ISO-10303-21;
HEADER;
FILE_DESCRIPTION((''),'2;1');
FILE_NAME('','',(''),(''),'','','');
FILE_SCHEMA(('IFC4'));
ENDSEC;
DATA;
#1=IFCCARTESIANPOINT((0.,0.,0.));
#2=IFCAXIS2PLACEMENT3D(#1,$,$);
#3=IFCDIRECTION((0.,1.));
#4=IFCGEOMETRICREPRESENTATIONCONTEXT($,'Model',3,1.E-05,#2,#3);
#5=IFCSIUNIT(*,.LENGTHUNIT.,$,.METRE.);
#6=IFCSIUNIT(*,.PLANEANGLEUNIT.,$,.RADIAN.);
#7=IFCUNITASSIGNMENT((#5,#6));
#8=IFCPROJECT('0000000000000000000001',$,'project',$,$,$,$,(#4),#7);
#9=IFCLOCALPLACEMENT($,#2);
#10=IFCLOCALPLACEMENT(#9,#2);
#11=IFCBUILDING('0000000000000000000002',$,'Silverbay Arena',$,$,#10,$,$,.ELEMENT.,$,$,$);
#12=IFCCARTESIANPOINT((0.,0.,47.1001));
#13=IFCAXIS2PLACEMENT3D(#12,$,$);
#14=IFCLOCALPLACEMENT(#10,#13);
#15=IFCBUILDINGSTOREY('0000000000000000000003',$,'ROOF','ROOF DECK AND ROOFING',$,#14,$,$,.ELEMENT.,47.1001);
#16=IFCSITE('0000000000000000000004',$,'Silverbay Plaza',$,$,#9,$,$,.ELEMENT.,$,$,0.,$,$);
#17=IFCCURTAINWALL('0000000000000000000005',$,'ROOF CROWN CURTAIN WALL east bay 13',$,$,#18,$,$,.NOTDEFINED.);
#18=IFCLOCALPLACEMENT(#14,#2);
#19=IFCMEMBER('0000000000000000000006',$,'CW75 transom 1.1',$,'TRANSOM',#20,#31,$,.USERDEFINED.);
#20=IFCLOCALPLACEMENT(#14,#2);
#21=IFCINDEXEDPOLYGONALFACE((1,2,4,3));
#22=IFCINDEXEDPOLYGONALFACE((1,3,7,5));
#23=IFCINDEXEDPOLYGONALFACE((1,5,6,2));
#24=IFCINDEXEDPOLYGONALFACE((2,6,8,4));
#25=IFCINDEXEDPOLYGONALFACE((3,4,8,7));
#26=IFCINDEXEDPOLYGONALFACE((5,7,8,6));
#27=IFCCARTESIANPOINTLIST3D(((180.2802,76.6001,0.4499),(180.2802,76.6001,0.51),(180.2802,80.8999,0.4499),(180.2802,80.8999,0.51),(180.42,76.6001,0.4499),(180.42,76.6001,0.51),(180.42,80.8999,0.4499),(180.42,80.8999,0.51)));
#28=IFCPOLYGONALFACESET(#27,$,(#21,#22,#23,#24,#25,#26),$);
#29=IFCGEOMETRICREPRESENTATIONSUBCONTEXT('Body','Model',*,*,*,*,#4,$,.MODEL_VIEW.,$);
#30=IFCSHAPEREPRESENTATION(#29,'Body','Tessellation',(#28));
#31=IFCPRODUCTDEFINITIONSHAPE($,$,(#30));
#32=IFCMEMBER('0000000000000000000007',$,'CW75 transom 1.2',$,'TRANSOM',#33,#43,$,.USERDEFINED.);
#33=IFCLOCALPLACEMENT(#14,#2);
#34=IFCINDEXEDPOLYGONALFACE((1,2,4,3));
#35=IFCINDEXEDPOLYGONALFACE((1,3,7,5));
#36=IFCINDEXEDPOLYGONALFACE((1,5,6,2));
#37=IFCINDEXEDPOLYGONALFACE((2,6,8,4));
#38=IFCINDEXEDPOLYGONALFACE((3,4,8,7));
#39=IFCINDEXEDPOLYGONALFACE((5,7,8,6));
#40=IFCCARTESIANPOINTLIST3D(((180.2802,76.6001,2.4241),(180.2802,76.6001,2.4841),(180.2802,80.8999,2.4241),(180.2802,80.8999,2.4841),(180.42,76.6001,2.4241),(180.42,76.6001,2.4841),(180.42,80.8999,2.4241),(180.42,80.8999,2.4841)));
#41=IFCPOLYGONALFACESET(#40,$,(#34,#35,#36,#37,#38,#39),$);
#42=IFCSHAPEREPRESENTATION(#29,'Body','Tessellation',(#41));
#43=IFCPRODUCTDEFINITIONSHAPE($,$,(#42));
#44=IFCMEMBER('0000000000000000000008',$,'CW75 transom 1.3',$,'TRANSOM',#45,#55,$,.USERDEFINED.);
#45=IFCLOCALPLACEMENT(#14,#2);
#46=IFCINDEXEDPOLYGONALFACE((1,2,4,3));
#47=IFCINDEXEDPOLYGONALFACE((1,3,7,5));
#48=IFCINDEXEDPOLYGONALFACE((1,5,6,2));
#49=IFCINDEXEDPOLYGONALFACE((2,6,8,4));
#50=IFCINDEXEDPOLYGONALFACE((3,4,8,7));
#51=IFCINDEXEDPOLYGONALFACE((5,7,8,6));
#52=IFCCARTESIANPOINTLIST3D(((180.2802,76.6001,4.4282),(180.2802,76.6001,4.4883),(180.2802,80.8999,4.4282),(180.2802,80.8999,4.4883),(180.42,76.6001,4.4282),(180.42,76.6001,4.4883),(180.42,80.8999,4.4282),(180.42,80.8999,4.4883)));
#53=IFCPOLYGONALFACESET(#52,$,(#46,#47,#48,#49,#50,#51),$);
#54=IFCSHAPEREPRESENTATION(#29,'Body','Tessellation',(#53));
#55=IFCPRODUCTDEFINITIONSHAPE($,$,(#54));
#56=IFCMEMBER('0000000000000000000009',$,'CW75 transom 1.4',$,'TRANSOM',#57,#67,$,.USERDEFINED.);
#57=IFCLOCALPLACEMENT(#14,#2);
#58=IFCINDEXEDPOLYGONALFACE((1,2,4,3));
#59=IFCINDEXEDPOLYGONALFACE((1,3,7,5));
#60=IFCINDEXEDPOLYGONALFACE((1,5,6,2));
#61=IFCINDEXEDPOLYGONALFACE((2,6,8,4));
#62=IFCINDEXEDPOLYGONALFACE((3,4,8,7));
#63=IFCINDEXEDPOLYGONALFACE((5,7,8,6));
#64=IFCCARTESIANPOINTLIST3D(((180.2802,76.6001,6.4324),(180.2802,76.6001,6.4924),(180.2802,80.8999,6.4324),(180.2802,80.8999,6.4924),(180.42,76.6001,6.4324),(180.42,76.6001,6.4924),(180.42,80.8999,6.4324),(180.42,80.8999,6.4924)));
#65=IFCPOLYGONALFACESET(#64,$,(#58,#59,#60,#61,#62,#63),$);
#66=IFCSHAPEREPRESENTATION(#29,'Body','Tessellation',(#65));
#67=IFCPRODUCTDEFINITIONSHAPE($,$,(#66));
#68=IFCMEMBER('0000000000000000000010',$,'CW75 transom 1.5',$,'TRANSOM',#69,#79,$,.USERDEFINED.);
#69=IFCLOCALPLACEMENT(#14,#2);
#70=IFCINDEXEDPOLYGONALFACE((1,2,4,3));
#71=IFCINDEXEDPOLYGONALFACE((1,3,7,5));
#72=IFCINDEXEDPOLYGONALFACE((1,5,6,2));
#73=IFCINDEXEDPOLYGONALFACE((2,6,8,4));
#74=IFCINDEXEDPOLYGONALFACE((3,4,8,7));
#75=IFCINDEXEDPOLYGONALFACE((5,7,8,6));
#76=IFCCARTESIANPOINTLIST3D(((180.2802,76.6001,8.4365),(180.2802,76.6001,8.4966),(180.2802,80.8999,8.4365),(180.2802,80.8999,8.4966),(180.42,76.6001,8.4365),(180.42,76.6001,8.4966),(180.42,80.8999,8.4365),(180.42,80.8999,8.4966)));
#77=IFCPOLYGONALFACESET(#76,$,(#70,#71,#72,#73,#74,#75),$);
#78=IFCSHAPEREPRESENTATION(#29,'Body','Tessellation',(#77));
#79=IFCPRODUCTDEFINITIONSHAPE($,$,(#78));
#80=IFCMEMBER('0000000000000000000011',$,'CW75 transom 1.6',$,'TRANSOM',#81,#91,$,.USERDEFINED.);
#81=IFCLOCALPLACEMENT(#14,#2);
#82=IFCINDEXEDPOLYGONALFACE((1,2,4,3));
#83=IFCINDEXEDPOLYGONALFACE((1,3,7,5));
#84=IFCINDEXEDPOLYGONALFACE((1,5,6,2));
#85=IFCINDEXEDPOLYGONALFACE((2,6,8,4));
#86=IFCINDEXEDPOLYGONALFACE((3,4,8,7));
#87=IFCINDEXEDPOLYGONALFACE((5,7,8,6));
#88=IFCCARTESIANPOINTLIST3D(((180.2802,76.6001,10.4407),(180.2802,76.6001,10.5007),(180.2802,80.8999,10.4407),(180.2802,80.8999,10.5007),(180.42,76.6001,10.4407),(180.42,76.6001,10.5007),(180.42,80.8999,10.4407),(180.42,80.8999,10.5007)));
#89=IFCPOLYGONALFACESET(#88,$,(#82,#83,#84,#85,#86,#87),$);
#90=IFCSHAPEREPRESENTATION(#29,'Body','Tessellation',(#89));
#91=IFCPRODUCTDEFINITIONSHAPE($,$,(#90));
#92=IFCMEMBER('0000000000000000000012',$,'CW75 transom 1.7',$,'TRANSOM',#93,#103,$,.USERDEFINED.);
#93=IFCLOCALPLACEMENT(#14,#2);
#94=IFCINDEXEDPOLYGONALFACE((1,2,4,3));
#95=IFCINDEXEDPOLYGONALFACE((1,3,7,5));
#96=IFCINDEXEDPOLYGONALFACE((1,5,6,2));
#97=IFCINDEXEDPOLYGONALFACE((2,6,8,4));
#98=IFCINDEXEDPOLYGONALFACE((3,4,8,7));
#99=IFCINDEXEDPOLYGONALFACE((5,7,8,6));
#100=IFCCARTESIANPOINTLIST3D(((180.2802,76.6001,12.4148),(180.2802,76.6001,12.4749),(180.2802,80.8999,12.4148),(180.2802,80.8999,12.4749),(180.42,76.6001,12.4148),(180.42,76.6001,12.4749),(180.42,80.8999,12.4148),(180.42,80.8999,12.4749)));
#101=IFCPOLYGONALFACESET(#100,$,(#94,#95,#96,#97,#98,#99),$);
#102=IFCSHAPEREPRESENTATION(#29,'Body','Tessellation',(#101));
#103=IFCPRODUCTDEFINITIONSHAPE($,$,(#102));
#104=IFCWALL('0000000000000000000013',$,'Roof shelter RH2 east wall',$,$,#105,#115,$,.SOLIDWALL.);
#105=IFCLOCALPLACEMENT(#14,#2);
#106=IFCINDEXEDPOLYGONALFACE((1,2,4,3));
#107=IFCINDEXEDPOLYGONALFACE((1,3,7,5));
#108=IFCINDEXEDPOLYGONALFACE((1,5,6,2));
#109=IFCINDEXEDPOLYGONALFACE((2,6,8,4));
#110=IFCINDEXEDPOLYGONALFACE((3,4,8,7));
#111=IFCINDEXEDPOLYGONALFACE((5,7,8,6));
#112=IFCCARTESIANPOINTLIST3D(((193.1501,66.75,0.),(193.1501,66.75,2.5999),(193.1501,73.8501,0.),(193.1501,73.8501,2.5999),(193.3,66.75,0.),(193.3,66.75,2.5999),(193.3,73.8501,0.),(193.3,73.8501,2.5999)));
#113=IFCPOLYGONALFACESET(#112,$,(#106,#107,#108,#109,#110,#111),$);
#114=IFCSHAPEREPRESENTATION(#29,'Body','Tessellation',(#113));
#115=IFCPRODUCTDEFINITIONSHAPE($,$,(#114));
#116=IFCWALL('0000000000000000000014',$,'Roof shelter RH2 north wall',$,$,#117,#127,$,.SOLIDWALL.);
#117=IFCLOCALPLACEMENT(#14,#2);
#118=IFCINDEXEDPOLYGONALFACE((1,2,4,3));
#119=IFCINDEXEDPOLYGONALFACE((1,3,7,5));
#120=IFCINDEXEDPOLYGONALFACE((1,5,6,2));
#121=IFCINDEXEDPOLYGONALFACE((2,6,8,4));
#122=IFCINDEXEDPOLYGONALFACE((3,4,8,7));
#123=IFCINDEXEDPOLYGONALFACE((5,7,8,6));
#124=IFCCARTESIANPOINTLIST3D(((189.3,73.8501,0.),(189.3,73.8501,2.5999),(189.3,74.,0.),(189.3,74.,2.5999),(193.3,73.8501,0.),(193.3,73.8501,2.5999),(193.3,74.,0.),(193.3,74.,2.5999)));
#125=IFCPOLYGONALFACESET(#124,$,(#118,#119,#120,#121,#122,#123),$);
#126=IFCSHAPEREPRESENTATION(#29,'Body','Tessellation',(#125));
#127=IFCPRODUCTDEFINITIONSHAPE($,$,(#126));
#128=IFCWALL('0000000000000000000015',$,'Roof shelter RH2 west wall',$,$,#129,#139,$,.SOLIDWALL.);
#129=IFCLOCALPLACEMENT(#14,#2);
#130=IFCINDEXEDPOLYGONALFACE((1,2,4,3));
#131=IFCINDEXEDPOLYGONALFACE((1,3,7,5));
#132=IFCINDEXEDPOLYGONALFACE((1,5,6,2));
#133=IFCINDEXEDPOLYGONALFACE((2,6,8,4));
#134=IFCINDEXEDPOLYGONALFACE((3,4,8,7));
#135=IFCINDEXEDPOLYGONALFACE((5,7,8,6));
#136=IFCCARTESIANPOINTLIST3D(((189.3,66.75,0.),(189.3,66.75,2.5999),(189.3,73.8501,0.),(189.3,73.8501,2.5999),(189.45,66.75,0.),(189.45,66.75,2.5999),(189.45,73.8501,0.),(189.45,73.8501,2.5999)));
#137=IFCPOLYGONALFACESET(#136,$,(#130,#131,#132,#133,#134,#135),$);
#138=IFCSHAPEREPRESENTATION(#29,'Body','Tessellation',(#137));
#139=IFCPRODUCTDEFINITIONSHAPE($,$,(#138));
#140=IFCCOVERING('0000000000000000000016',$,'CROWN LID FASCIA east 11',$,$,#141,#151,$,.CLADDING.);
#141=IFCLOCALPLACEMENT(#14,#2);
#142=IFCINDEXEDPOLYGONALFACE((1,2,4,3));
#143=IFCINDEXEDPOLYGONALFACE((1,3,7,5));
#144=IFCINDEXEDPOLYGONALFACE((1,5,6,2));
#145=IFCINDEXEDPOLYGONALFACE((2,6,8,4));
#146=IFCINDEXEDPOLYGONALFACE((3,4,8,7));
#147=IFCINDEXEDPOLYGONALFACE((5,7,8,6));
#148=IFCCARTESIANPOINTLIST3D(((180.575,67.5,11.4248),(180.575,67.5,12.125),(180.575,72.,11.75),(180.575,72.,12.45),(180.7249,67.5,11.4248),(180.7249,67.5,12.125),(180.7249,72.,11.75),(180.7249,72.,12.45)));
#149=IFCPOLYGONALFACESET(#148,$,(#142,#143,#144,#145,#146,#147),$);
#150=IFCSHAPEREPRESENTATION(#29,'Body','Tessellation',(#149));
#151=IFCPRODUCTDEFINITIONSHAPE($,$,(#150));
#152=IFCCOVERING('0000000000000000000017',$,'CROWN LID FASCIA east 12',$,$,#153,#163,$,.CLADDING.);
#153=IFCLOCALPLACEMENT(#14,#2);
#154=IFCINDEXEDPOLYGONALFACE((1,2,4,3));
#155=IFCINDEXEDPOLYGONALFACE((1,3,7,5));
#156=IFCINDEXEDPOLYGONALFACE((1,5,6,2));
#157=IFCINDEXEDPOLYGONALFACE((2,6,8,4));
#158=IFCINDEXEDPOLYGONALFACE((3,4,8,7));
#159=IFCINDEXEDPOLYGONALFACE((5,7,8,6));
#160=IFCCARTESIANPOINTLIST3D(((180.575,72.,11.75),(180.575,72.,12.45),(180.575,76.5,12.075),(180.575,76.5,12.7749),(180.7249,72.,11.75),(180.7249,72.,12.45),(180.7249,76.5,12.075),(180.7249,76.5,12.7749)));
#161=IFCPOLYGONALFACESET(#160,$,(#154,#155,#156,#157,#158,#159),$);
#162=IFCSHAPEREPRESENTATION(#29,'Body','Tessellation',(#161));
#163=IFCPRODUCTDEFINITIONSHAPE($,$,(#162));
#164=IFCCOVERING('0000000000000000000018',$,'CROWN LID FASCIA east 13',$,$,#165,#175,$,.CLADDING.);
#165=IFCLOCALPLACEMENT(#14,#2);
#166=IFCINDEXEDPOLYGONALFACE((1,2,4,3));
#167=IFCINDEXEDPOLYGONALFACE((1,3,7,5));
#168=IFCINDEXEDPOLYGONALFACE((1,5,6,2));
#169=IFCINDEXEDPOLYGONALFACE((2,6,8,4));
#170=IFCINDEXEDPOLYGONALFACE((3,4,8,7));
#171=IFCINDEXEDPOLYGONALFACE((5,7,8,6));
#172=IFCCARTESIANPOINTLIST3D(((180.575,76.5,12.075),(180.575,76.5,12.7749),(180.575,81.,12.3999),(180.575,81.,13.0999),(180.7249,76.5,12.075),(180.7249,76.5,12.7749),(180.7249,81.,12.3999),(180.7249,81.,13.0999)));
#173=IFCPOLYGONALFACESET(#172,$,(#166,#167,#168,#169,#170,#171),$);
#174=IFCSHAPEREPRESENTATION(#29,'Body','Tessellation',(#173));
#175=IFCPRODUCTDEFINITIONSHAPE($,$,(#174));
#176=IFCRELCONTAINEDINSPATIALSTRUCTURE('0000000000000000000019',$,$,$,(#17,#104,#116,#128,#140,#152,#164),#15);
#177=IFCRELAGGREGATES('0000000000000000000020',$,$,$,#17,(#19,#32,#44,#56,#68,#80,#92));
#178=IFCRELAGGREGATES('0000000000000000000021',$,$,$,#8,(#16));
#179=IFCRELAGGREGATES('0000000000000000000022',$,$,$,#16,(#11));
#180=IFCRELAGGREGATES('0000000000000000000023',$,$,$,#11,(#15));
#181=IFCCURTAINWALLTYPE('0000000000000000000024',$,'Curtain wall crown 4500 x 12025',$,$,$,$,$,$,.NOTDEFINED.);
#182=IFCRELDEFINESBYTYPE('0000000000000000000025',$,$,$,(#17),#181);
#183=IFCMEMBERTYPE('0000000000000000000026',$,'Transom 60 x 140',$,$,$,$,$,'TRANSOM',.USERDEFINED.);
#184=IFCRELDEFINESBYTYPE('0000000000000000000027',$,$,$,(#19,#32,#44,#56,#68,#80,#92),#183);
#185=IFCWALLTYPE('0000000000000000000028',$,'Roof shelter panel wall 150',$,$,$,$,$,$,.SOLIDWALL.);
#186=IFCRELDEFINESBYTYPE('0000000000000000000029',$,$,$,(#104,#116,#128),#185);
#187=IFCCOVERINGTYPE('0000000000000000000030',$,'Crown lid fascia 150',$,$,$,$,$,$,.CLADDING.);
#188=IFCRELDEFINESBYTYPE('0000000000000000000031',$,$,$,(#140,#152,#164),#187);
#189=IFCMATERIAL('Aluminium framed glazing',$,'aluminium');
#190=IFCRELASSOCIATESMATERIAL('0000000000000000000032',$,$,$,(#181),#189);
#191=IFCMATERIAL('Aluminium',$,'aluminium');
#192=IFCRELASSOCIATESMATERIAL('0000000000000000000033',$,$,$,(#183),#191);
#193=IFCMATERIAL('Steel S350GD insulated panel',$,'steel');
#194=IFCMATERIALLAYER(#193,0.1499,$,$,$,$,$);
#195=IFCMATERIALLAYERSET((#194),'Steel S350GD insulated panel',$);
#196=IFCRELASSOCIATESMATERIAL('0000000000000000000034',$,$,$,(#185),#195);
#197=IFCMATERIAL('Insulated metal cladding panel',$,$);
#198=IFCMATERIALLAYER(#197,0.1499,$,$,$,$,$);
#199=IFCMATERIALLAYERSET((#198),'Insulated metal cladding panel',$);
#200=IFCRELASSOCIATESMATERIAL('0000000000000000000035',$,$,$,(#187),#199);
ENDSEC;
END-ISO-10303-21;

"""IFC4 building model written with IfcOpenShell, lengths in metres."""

from ifc_helpers import new_model, si_unit, direction, frame, frame_2d, origin, origin_2d, place, context, subcontext, project, spatial, polyline, rectangle, outline, extrude, material, layer, layer_set, material_profile, profile_set, type_object, element, aggregate, save


model = new_model("IFC4")

# Units and contexts
model_context = context("Model", 3, precision=1e-05, world=origin(), true_north=direction((0.0, 1.0)))
body_context = subcontext(model_context, "Body", "Model", "MODEL_VIEW")
ifc_project = project(units=[si_unit("LENGTHUNIT", "METRE"), si_unit("PLANEANGLEUNIT", "RADIAN")], contexts=[model_context])

# Site, building, storey
site_placement = place(None, origin())
site = spatial("IfcSite", under=ifc_project, at=site_placement, Name="Silverbay Plaza", CompositionType="ELEMENT", RefElevation=0.0)
building_placement = place(site_placement, origin())
building = spatial("IfcBuilding", under=site, at=building_placement, Name="Silverbay Arena", CompositionType="ELEMENT")
storey_placement = place(building_placement, frame((0.0, 0.0, 47.1001)))
storey = spatial("IfcBuildingStorey", under=building, at=storey_placement, Name="ROOF", Description="ROOF DECK AND ROOFING", CompositionType="ELEMENT", Elevation=47.1001)

# Curtain wall
placement = place(building_placement, frame((0.0, 0.0, 33.5)))
ifc_material_1 = material(Name="Aluminium framed glazing", Category="aluminium")
curtain_wall_type_1 = type_object("IfcCurtainWallType", Name="Curtain wall crown 4500 x 12025", PredefinedType="NOTDEFINED", material=ifc_material_1)
curtain_wall_1_placement = place(storey_placement, origin())
curtain_wall_1 = element("IfcCurtainWall", 1, at=curtain_wall_1_placement, inside=storey, type_object=curtain_wall_type_1, Name="ROOF CROWN CURTAIN WALL east bay 13", PredefinedType="NOTDEFINED")

# Members
ifc_material_2 = material(Name="Aluminium", Category="aluminium")
ifc_material_profile_1 = material_profile(ifc_material_2, rectangle(XDim=0.1399, YDim=0.0601, at=origin_2d()), Name="Transom 60 x 140")
ifc_profile_set_1 = profile_set([ifc_material_profile_1], Name="Aluminium")
member_type_1 = type_object("IfcMemberType", Name="Transom 60 x 140", ElementType="TRANSOM", PredefinedType="USERDEFINED", material=ifc_profile_set_1)
member_1_placement = place(placement, frame((180.3501, 76.6001, 14.0801), z_axis=(0.0, 1.0, 0.0), x_axis=(-1.0, 0.0, 0.0)))
member_1 = element("IfcMember", 2, at=member_1_placement, type_object=member_type_1, Name="CW75 transom 1.1", ObjectType="TRANSOM", PredefinedType="USERDEFINED", context=body_context, shape_type="SweptSolid", body=[
    extrude(rectangle(XDim=0.1399, YDim=0.0601, at=origin_2d()), origin(), (0.0, 0.0, 1.0), 4.2998),
])
member_2_placement = place(placement, frame((180.3501, 76.6001, 16.0542), z_axis=(0.0, 1.0, 0.0), x_axis=(-1.0, 0.0, 0.0)))
member_2 = element("IfcMember", 3, at=member_2_placement, type_object=member_type_1, Name="CW75 transom 1.2", ObjectType="TRANSOM", PredefinedType="USERDEFINED", context=body_context, shape_type="SweptSolid", body=[
    extrude(rectangle(XDim=0.1399, YDim=0.0601, at=origin_2d()), origin(), (0.0, 0.0, 1.0), 4.2998),
])
member_3_placement = place(placement, frame((180.3501, 76.6001, 18.0583), z_axis=(0.0, 1.0, 0.0), x_axis=(-1.0, 0.0, 0.0)))
member_3 = element("IfcMember", 4, at=member_3_placement, type_object=member_type_1, Name="CW75 transom 1.3", ObjectType="TRANSOM", PredefinedType="USERDEFINED", context=body_context, shape_type="SweptSolid", body=[
    extrude(rectangle(XDim=0.1399, YDim=0.0601, at=origin_2d()), origin(), (0.0, 0.0, 1.0), 4.2998),
])
member_4_placement = place(placement, frame((180.3501, 76.6001, 20.0625), z_axis=(0.0, 1.0, 0.0), x_axis=(-1.0, 0.0, 0.0)))
member_4 = element("IfcMember", 5, at=member_4_placement, type_object=member_type_1, Name="CW75 transom 1.4", ObjectType="TRANSOM", PredefinedType="USERDEFINED", context=body_context, shape_type="SweptSolid", body=[
    extrude(rectangle(XDim=0.1399, YDim=0.0601, at=origin_2d()), origin(), (0.0, 0.0, 1.0), 4.2998),
])
member_5_placement = place(placement, frame((180.3501, 76.6001, 22.0667), z_axis=(0.0, 1.0, 0.0), x_axis=(-1.0, 0.0, 0.0)))
member_5 = element("IfcMember", 6, at=member_5_placement, type_object=member_type_1, Name="CW75 transom 1.5", ObjectType="TRANSOM", PredefinedType="USERDEFINED", context=body_context, shape_type="SweptSolid", body=[
    extrude(rectangle(XDim=0.1399, YDim=0.0601, at=origin_2d()), origin(), (0.0, 0.0, 1.0), 4.2998),
])
member_6_placement = place(placement, frame((180.3501, 76.6001, 24.0708), z_axis=(0.0, 1.0, 0.0), x_axis=(-1.0, 0.0, 0.0)))
member_6 = element("IfcMember", 7, at=member_6_placement, type_object=member_type_1, Name="CW75 transom 1.6", ObjectType="TRANSOM", PredefinedType="USERDEFINED", context=body_context, shape_type="SweptSolid", body=[
    extrude(rectangle(XDim=0.1399, YDim=0.0601, at=origin_2d()), origin(), (0.0, 0.0, 1.0), 4.2998),
])
member_7_placement = place(placement, frame((180.3501, 76.6001, 26.0449), z_axis=(0.0, 1.0, 0.0), x_axis=(-1.0, 0.0, 0.0)))
member_7 = element("IfcMember", 8, at=member_7_placement, type_object=member_type_1, Name="CW75 transom 1.7", ObjectType="TRANSOM", PredefinedType="USERDEFINED", context=body_context, shape_type="SweptSolid", body=[
    extrude(rectangle(XDim=0.1399, YDim=0.0601, at=origin_2d()), origin(), (0.0, 0.0, 1.0), 4.2998),
])

aggregate(curtain_wall_1, [member_1, member_2, member_3, member_4, member_5, member_6, member_7])

# Walls
ifc_material_3 = material(Name="Steel S350GD insulated panel", Category="steel")
ifc_layer_1 = layer(ifc_material_3, 0.1499)
ifc_layer_set_1 = layer_set([ifc_layer_1], Name="Steel S350GD insulated panel")
wall_type = type_object("IfcWallType", Name="Roof shelter panel wall 150", PredefinedType="SOLIDWALL", material=ifc_layer_set_1)
wall_1_placement = place(storey_placement, frame((193.2251, 66.75, 0.0), z_axis=(0.0, 0.0, 1.0), x_axis=(0.0, 1.0, 0.0)))
element("IfcWall", 9, at=wall_1_placement, inside=storey, type_object=wall_type, Name="Roof shelter RH2 east wall", PredefinedType="SOLIDWALL", context=body_context, shape_type="SweptSolid", body=[
    extrude(rectangle(XDim=7.1001, YDim=0.1499, at=frame_2d((3.55, 0.0))), origin(), (0.0, 0.0, 1.0), 2.5999),
])
wall_2_placement = place(storey_placement, frame((193.3, 73.925, 0.0), z_axis=(0.0, 0.0, 1.0), x_axis=(-1.0, 0.0, 0.0)))
element("IfcWall", 10, at=wall_2_placement, inside=storey, type_object=wall_type, Name="Roof shelter RH2 north wall", PredefinedType="SOLIDWALL", context=body_context, shape_type="SweptSolid", body=[
    extrude(rectangle(XDim=4.0, YDim=0.1499, at=frame_2d((2.0, 0.0))), origin(), (0.0, 0.0, 1.0), 2.5999),
])
wall_3_placement = place(storey_placement, frame((189.375, 73.8501, 0.0), z_axis=(0.0, 0.0, 1.0), x_axis=(0.0, -1.0, 0.0)))
element("IfcWall", 11, at=wall_3_placement, inside=storey, type_object=wall_type, Name="Roof shelter RH2 west wall", PredefinedType="SOLIDWALL", context=body_context, shape_type="SweptSolid", body=[
    extrude(rectangle(XDim=7.1001, YDim=0.1499, at=frame_2d((3.55, 0.0))), origin(), (0.0, 0.0, 1.0), 2.5999),
])

# Coverings
ifc_material_4 = material(Name="Insulated metal cladding panel")
ifc_layer_2 = layer(ifc_material_4, 0.1499)
ifc_layer_set_2 = layer_set([ifc_layer_2], Name="Insulated metal cladding panel")
covering_type = type_object("IfcCoveringType", Name="Crown lid fascia 150", PredefinedType="CLADDING", material=ifc_layer_set_2)
covering_placement = place(storey_placement, frame((180.575, 67.5, 12.125), z_axis=(-1.0, 0.0, 0.0), x_axis=(0.0, 0.997403, 0.072024)))
element("IfcCovering", 12, at=covering_placement, inside=storey, type_object=covering_type, Name="CROWN LID FASCIA east 11", PredefinedType="CLADDING", context=body_context, shape_type="SweptSolid", body=[
    extrude(outline(polyline([(0.0, 0.0), (4.5117, 0.0), (4.4613, 0.6981), (-0.0504, 0.6984), (0.0, 0.0)])), origin(), (0.0, 0.0, -1.0), 0.1499),
])
for number, where, z_axis, x_axis, name in (
    (13, (180.575, 72.0, 12.45), (-1.0, 0.0, 0.0), (0.0, 0.997403, 0.072024), "CROWN LID FASCIA east 12"),
    (14, (180.575, 76.5, 12.7749), (-1.0, 0.0, 0.0), (0.0, 0.997403, 0.072024), "CROWN LID FASCIA east 13"),
):
    element("IfcCovering", number, at=place(storey_placement, frame(where, z_axis=z_axis, x_axis=x_axis)), inside=storey, type_object=covering_type, Name=name, PredefinedType="CLADDING", context=body_context, shape_type="SweptSolid", body=[
        extrude(outline(polyline([(0.0, 0.0), (4.5117, 0.0), (4.4613, 0.6981), (-0.0504, 0.6981), (0.0, 0.0)])), origin(), (0.0, 0.0, -1.0), 0.1499),
    ])

save(model, "model.ifc")
